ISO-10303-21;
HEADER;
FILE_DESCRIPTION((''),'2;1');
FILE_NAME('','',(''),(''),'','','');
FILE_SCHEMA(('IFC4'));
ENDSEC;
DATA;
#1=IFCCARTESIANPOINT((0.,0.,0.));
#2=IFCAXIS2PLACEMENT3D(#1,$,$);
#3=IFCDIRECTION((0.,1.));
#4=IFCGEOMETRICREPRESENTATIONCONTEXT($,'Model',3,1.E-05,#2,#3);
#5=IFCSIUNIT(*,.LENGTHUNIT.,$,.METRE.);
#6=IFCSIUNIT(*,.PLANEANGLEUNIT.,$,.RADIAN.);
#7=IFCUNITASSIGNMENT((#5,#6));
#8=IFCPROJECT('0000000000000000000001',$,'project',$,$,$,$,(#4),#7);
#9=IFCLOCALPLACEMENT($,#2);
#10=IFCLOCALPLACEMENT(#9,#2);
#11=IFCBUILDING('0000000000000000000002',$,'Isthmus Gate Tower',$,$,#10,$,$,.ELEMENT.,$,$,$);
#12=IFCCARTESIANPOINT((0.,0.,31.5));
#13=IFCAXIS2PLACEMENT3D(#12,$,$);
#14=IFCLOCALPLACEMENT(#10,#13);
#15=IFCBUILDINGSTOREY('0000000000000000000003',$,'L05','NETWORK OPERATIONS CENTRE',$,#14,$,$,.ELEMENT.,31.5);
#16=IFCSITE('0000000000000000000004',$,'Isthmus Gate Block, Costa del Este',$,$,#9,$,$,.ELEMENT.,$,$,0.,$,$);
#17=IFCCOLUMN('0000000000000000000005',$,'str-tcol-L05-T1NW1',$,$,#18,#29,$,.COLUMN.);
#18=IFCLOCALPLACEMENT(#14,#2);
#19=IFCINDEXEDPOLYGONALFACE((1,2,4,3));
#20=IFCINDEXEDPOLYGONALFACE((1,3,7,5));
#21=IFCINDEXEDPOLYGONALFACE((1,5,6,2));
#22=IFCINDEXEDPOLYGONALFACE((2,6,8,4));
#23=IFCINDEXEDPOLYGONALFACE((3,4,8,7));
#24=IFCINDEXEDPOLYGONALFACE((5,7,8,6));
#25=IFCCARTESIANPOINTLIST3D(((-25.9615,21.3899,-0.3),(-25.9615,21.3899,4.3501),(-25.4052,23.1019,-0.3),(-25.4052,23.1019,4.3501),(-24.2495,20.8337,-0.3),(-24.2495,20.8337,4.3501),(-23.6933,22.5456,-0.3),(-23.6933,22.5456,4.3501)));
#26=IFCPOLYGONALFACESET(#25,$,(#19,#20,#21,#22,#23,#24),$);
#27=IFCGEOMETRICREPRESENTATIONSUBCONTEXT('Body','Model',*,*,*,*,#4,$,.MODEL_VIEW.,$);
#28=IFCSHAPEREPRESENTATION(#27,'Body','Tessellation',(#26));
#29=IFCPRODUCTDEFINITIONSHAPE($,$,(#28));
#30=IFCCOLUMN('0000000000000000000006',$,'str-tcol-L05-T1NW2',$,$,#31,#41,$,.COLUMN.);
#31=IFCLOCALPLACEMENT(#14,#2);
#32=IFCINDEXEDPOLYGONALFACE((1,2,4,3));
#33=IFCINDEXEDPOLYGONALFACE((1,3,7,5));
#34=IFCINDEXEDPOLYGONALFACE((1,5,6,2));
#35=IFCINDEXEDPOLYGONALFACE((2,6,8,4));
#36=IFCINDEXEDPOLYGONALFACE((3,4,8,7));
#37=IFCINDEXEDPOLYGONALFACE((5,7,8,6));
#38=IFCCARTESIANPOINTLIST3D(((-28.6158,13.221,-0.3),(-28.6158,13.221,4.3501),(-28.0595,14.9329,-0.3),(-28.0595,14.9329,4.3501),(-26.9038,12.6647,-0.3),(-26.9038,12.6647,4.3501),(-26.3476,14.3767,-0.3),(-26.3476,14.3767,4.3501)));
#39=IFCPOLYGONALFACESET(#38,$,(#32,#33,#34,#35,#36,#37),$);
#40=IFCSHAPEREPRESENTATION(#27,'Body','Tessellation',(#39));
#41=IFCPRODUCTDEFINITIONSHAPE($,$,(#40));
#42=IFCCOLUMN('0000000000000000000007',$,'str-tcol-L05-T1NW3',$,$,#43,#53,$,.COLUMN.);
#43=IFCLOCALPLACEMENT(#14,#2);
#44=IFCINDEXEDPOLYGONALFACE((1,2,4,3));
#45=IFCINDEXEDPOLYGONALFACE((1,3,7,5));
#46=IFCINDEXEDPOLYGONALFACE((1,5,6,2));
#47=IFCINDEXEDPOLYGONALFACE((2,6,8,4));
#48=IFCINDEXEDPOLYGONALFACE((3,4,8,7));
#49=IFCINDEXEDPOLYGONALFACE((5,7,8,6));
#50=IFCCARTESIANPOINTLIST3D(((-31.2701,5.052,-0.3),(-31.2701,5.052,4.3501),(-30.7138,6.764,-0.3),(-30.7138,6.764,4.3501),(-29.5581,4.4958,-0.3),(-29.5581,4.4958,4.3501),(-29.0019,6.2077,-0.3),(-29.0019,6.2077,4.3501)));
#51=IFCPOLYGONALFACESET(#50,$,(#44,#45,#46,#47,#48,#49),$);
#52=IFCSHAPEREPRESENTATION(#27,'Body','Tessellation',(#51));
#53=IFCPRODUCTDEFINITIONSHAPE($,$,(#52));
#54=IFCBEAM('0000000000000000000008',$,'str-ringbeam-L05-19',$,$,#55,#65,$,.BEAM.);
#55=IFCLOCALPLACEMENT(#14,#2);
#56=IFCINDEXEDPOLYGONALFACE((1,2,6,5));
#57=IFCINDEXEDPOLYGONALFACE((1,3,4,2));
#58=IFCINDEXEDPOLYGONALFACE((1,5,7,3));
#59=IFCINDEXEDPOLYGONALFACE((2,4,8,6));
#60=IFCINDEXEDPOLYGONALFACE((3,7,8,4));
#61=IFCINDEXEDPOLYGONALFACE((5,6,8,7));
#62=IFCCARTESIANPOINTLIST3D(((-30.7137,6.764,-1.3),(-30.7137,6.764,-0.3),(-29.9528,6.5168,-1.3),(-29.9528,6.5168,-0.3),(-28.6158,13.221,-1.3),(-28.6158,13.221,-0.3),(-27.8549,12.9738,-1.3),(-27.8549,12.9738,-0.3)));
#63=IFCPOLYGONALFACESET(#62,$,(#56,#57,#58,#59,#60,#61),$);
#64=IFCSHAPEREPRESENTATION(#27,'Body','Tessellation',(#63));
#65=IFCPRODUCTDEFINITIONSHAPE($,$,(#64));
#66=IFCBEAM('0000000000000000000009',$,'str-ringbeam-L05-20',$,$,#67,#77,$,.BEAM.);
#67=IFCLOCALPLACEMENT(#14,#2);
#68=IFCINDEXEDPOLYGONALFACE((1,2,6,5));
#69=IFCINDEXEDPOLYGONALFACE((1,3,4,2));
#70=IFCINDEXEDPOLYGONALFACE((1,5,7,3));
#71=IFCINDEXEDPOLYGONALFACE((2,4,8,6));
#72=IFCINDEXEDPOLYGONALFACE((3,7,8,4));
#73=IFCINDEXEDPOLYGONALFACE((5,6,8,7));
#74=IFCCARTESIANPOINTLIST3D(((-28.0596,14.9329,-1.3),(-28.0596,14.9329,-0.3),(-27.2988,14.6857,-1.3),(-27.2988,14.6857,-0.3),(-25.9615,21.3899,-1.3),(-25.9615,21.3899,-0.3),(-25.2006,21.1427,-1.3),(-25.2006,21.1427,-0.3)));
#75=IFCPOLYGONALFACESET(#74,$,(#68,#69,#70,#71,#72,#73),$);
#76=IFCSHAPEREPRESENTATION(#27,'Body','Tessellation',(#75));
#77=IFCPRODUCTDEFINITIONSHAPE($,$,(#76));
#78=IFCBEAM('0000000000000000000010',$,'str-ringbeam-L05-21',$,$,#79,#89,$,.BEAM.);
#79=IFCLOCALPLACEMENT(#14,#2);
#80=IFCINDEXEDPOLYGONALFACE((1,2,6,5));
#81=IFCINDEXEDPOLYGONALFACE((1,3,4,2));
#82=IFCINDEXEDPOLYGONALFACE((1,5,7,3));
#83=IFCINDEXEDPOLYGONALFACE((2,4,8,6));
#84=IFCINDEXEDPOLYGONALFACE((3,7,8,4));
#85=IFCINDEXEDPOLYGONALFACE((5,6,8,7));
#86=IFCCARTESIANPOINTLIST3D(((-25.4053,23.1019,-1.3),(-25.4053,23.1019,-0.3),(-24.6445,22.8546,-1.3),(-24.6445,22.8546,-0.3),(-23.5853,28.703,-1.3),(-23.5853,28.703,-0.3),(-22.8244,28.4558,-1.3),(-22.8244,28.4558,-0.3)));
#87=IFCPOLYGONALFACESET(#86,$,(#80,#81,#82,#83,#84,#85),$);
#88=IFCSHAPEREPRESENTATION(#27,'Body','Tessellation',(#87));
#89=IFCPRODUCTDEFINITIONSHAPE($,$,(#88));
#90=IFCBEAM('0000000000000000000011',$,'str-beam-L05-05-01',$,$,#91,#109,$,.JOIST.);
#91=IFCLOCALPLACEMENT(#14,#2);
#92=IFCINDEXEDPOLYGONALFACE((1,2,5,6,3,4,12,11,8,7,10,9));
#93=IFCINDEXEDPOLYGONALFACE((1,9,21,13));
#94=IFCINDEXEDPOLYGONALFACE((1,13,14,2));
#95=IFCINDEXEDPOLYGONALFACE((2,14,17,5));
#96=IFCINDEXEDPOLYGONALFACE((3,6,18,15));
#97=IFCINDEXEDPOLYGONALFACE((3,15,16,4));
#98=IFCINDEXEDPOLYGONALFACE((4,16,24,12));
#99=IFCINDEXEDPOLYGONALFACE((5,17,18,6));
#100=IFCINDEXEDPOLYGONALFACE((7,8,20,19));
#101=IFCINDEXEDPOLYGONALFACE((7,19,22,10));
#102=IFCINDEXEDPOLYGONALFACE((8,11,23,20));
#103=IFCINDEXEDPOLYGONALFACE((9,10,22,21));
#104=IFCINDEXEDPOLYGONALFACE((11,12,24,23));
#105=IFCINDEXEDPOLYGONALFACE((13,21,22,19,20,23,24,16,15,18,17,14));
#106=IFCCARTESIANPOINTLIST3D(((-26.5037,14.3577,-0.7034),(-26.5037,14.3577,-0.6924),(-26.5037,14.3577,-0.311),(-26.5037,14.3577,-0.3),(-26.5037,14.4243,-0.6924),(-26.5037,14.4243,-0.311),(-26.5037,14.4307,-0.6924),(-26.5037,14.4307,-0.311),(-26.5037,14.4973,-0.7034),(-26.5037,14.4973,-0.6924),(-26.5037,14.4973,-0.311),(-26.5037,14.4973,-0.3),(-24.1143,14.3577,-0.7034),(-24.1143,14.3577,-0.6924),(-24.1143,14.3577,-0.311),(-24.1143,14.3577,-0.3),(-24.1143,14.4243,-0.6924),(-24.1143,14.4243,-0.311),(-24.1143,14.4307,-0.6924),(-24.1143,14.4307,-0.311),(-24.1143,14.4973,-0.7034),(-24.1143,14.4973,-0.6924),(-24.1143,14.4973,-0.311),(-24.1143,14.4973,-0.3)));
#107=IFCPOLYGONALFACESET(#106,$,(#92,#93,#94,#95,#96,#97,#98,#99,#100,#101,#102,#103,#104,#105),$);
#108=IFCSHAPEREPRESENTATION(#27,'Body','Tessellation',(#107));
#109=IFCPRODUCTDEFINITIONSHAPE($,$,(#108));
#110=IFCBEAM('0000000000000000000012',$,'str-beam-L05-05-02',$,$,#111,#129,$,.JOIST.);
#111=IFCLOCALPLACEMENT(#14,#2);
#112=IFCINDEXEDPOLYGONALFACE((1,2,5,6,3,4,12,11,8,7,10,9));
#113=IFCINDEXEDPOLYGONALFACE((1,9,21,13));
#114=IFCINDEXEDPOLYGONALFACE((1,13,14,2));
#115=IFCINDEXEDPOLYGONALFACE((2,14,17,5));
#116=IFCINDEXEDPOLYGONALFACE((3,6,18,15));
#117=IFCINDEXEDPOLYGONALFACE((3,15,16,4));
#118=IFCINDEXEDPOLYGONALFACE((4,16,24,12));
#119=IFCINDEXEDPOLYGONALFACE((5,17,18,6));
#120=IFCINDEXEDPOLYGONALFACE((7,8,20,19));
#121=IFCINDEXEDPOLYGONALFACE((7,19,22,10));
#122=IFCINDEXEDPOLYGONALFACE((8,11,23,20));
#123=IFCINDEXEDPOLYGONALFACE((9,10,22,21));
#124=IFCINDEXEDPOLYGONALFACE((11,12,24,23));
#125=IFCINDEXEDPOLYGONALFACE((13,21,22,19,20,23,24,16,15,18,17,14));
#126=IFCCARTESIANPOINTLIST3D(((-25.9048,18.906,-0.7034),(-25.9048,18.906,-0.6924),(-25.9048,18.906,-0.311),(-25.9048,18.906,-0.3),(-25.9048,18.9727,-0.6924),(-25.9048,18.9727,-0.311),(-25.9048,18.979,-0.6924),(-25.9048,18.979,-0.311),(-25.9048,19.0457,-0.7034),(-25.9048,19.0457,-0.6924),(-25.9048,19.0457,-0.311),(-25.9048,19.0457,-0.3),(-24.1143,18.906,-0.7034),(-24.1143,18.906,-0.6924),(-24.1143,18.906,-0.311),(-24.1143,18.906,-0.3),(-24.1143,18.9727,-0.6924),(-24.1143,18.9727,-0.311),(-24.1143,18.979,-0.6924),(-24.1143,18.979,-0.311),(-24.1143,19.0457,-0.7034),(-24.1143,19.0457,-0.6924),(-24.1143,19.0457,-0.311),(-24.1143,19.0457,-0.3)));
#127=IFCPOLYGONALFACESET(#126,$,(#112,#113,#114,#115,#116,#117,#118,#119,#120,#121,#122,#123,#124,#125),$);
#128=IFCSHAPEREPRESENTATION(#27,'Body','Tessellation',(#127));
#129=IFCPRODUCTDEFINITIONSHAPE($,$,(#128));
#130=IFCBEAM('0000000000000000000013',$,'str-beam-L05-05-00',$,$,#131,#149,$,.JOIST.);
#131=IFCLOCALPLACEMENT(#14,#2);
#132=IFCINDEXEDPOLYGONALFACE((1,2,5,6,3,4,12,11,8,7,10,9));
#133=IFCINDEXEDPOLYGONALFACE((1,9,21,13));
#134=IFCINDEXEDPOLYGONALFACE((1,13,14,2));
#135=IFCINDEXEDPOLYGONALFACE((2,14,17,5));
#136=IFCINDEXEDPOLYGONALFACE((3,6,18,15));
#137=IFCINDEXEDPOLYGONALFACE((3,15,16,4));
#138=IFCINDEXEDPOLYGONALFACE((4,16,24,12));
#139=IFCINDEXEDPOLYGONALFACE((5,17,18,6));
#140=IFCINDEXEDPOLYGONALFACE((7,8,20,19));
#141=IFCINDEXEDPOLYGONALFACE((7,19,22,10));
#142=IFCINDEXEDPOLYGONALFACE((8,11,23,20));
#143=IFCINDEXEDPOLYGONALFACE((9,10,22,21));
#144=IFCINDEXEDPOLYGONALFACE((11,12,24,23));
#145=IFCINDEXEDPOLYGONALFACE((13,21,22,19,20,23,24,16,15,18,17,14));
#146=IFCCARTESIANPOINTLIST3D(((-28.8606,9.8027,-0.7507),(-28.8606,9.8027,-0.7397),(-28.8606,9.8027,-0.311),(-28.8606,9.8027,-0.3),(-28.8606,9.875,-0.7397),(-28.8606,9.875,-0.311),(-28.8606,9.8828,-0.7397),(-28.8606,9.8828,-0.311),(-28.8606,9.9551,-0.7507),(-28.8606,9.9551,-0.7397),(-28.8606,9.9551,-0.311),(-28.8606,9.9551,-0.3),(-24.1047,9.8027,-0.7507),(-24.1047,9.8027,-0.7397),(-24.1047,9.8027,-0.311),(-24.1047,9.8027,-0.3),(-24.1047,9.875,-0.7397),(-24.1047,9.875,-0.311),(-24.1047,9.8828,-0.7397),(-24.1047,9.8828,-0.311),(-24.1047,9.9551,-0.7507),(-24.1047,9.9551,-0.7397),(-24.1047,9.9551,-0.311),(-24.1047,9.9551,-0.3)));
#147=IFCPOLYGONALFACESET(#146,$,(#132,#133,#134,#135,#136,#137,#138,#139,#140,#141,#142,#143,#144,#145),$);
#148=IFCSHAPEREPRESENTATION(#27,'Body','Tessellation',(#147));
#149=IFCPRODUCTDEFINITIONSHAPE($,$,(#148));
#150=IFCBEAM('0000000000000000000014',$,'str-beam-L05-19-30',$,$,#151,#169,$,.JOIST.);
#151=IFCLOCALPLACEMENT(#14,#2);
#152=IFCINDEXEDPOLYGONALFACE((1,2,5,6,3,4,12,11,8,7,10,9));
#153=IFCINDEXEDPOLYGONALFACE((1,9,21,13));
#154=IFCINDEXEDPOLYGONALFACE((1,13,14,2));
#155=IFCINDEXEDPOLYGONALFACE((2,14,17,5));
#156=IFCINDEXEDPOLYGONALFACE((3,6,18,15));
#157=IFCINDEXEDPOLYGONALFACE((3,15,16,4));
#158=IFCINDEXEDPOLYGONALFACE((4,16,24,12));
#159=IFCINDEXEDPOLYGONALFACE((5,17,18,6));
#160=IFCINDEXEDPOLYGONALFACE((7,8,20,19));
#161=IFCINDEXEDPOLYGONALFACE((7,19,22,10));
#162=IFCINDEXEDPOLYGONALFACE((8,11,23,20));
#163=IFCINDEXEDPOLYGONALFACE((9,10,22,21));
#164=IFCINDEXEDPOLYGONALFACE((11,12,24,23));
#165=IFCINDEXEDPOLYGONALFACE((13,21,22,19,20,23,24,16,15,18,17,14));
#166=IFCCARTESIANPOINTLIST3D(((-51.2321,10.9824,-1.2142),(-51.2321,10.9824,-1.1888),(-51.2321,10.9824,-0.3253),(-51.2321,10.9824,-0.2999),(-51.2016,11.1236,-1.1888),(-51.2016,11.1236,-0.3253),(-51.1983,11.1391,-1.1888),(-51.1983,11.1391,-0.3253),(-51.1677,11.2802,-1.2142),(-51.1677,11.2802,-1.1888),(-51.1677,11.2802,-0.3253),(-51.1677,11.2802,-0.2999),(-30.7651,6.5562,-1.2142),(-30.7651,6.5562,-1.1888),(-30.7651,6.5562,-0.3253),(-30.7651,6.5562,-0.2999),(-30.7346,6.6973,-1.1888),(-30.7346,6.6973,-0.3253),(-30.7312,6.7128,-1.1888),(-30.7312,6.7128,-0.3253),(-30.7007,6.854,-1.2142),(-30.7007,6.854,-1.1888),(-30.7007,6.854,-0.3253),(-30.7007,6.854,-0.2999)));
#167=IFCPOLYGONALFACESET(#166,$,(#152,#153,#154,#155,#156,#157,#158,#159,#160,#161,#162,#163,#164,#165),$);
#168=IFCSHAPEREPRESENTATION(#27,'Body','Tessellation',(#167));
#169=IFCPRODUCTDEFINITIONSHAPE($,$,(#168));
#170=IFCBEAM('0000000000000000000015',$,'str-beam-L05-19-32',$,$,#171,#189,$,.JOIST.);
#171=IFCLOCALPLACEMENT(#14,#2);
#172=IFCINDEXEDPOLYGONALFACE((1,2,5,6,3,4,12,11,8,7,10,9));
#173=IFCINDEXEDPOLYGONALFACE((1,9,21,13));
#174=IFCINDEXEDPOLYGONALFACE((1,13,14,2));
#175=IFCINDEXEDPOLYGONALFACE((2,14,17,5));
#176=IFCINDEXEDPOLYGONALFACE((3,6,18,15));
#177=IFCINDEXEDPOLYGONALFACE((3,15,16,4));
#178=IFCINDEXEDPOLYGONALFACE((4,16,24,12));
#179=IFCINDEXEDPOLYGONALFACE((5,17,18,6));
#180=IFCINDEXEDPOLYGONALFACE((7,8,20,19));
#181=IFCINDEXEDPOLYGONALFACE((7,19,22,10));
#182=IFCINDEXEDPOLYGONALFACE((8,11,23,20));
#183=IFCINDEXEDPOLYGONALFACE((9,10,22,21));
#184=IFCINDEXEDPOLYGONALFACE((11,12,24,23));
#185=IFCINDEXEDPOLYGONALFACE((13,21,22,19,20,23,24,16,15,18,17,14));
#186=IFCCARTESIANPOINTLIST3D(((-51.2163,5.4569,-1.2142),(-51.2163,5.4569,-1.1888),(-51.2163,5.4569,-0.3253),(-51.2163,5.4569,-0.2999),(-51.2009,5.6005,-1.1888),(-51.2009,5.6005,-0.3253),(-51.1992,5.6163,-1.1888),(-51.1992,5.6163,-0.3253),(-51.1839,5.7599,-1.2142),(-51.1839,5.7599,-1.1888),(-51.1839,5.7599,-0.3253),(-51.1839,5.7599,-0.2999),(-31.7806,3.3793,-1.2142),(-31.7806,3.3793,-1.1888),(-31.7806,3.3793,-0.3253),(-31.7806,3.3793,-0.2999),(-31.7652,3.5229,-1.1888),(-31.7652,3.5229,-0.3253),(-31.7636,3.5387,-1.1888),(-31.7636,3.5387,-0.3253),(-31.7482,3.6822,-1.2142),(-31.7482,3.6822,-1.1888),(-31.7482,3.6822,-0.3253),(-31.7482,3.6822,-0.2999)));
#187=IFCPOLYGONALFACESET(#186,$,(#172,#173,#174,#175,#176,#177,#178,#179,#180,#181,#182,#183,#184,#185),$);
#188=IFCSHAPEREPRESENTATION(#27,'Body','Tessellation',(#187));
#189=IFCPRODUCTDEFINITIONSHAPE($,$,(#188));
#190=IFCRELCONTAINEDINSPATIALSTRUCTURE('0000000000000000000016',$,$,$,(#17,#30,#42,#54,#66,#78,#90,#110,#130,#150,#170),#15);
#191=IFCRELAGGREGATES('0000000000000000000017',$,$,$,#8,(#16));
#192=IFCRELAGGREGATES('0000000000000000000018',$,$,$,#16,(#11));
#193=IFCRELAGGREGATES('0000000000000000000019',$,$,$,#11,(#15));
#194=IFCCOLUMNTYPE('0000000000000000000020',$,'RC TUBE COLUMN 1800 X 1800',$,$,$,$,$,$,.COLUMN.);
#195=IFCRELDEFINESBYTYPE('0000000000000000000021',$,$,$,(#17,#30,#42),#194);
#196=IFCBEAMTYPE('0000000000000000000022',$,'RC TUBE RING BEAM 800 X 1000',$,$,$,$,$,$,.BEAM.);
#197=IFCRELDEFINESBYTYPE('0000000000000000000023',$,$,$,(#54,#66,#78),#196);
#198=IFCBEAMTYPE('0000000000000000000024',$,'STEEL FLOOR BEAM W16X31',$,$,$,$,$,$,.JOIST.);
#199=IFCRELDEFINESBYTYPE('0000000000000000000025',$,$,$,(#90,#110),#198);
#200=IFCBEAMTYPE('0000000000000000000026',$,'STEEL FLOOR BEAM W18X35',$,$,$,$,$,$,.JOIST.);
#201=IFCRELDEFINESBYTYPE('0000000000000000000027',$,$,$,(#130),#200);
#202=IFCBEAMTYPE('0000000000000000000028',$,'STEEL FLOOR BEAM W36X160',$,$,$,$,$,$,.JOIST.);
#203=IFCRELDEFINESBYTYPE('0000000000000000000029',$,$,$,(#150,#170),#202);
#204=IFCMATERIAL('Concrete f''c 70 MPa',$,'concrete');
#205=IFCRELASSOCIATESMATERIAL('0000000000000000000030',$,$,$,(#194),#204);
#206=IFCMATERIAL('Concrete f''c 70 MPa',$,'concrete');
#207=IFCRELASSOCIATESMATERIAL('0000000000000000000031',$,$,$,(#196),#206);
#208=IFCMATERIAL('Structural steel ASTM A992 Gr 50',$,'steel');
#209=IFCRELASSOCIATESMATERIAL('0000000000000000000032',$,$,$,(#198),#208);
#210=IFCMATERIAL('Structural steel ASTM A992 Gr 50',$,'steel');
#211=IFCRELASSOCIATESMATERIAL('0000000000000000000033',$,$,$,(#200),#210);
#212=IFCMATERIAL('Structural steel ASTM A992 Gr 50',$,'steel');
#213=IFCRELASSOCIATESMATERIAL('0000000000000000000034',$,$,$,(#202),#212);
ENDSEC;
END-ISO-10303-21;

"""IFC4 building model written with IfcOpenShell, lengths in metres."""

from ifc_helpers import new_model, si_unit, direction, frame, origin, origin_2d, place, context, subcontext, project, spatial, rectangle, i_section, extrude, material, material_profile, profile_set, type_object, element, save


model = new_model("IFC4")

# Units and contexts
model_context = context("Model", 3, precision=1e-05, world=origin(), true_north=direction((0.0, 1.0)))
body_context = subcontext(model_context, "Body", "Model", "MODEL_VIEW")
ifc_project = project(units=[si_unit("LENGTHUNIT", "METRE"), si_unit("PLANEANGLEUNIT", "RADIAN")], contexts=[model_context])

# Site, building, storey
site_placement = place(None, origin())
site = spatial("IfcSite", under=ifc_project, at=site_placement, Name="Isthmus Gate Block, Costa del Este", CompositionType="ELEMENT", RefElevation=0.0)
building_placement = place(site_placement, origin())
building = spatial("IfcBuilding", under=site, at=building_placement, Name="Isthmus Gate Tower", CompositionType="ELEMENT")
storey_placement = place(building_placement, frame((0.0, 0.0, 31.5)))
storey = spatial("IfcBuildingStorey", under=building, at=storey_placement, Name="L05", Description="NETWORK OPERATIONS CENTRE", CompositionType="ELEMENT", Elevation=31.5)

# Columns
ifc_material_1 = material(Name="Concrete f'c 70 MPa", Category="concrete")
ifc_material_profile_1 = material_profile(ifc_material_1, rectangle(XDim=1.8, YDim=1.8, at=origin_2d()), Name="RC 1800X1800")
ifc_profile_set_1 = profile_set([ifc_material_profile_1], Name="Concrete f'c 70 MPa")
column_type = type_object("IfcColumnType", Name="RC TUBE COLUMN 1800 X 1800", PredefinedType="COLUMN", material=ifc_profile_set_1)
for number, where, z_axis, x_axis, name in (
    (1, (-24.8274, 21.9678, -0.3), (0.0, 0.0, 1.0), (-0.309017, -0.951057, 0.0), "str-tcol-L05-T1NW1"),
    (2, (-27.4817, 13.7988, -0.3), (0.0, 0.0, 1.0), (-0.309017, -0.951057, 0.0), "str-tcol-L05-T1NW2"),
    (3, (-30.136, 5.6299, -0.3), (0.0, 0.0, 1.0), (-0.309017, -0.951057, 0.0), "str-tcol-L05-T1NW3"),
):
    element("IfcColumn", number, at=place(storey_placement, frame(where, z_axis=z_axis, x_axis=x_axis)), inside=storey, type_object=column_type, Name=name, PredefinedType="COLUMN", context=body_context, shape_type="SweptSolid", body=[
        extrude(rectangle(XDim=1.8, YDim=1.8, at=origin_2d()), origin(), (0.0, 0.0, 1.0), 4.6501),
    ])

# Beams
ifc_material_2 = material(Name="Concrete f'c 70 MPa", Category="concrete")
ifc_material_profile_2 = material_profile(ifc_material_2, rectangle(XDim=0.8, YDim=1.0, at=origin_2d()), Name="RC 800X1000")
ifc_profile_set_2 = profile_set([ifc_material_profile_2], Name="Concrete f'c 70 MPa")
beam_type_1 = type_object("IfcBeamType", Name="RC TUBE RING BEAM 800 X 1000", PredefinedType="BEAM", material=ifc_profile_set_2)
for number, where, z_axis, x_axis, name in (
    (4, (-30.3333, 6.6404, -0.8), (0.309002, 0.951062, 0.0), (-0.951062, 0.309002, 0.0), "str-ringbeam-L05-19"),
    (5, (-27.6792, 14.8093, -0.8), (0.309034, 0.951051, 0.0), (-0.951051, 0.309034, 0.0), "str-ringbeam-L05-20"),
):
    element("IfcBeam", number, at=place(storey_placement, frame(where, z_axis=z_axis, x_axis=x_axis)), inside=storey, type_object=beam_type_1, Name=name, PredefinedType="BEAM", context=body_context, shape_type="SweptSolid", body=[
        extrude(rectangle(XDim=0.8, YDim=1.0, at=origin_2d()), origin(), (0.0, 0.0, 1.0), 6.7893),
    ])
beam_1_placement = place(storey_placement, frame((-25.0249, 22.9783, -0.8), z_axis=(0.309043, 0.951048, 0.0), x_axis=(-0.951048, 0.309043, 0.0)))
element("IfcBeam", 6, at=beam_1_placement, inside=storey, type_object=beam_type_1, Name="str-ringbeam-L05-21", PredefinedType="BEAM", context=body_context, shape_type="SweptSolid", body=[
    extrude(rectangle(XDim=0.8, YDim=1.0, at=origin_2d()), origin(), (0.0, 0.0, 1.0), 5.8894),
])
ifc_material_3 = material(Name="Structural steel ASTM A992 Gr 50", Category="steel")
ifc_material_profile_3 = material_profile(ifc_material_3, i_section(OverallWidth=0.1396, OverallDepth=0.4033, WebThickness=0.0063, FlangeThickness=0.011, at=origin_2d()), Name="W16X31")
ifc_profile_set_3 = profile_set([ifc_material_profile_3], Name="Structural steel ASTM A992 Gr 50")
beam_type_2 = type_object("IfcBeamType", Name="STEEL FLOOR BEAM W16X31", PredefinedType="JOIST", material=ifc_profile_set_3)
beam_2_placement = place(storey_placement, frame((-26.5037, 14.4275, -0.5017), z_axis=(1.0, 0.0, 0.0), x_axis=(0.0, 1.0, 0.0)))
element("IfcBeam", 7, at=beam_2_placement, inside=storey, type_object=beam_type_2, Name="str-beam-L05-05-01", PredefinedType="JOIST", context=body_context, shape_type="SweptSolid", body=[
    extrude(i_section(OverallWidth=0.1396, OverallDepth=0.4033, WebThickness=0.0063, FlangeThickness=0.011, at=origin_2d()), origin(), (0.0, 0.0, 1.0), 2.3894),
])
beam_3_placement = place(storey_placement, frame((-25.9048, 18.9758, -0.5017), z_axis=(1.0, 0.0, 0.0), x_axis=(0.0, 1.0, 0.0)))
element("IfcBeam", 8, at=beam_3_placement, inside=storey, type_object=beam_type_2, Name="str-beam-L05-05-02", PredefinedType="JOIST", context=body_context, shape_type="SweptSolid", body=[
    extrude(i_section(OverallWidth=0.1396, OverallDepth=0.4033, WebThickness=0.0063, FlangeThickness=0.011, at=origin_2d()), origin(), (0.0, 0.0, 1.0), 1.7905),
])
ifc_material_4 = material(Name="Structural steel ASTM A992 Gr 50", Category="steel")
ifc_material_profile_4 = material_profile(ifc_material_4, i_section(OverallWidth=0.1523, OverallDepth=0.4507, WebThickness=0.0078, FlangeThickness=0.011, at=origin_2d()), Name="W18X35")
ifc_profile_set_4 = profile_set([ifc_material_profile_4], Name="Structural steel ASTM A992 Gr 50")
beam_type_3 = type_object("IfcBeamType", Name="STEEL FLOOR BEAM W18X35", PredefinedType="JOIST", material=ifc_profile_set_4)
beam_4_placement = place(storey_placement, frame((-28.8606, 9.8789, -0.5254), z_axis=(1.0, 0.0, 0.0), x_axis=(0.0, 1.0, 0.0)))
element("IfcBeam", 9, at=beam_4_placement, inside=storey, type_object=beam_type_3, Name="str-beam-L05-05-00", PredefinedType="JOIST", context=body_context, shape_type="SweptSolid", body=[
    extrude(i_section(OverallWidth=0.1523, OverallDepth=0.4507, WebThickness=0.0078, FlangeThickness=0.011, at=origin_2d()), origin(), (0.0, 0.0, 1.0), 4.7559),
])
ifc_material_5 = material(Name="Structural steel ASTM A992 Gr 50", Category="steel")
ifc_material_profile_5 = material_profile(ifc_material_5, i_section(OverallWidth=0.3047, OverallDepth=0.9143, WebThickness=0.0159, FlangeThickness=0.0254, at=origin_2d()), Name="W36X160")
ifc_profile_set_5 = profile_set([ifc_material_profile_5], Name="Structural steel ASTM A992 Gr 50")
beam_type_4 = type_object("IfcBeamType", Name="STEEL FLOOR BEAM W36X160", PredefinedType="JOIST", material=ifc_profile_set_5)
beam_5_placement = place(storey_placement, frame((-30.7329, 6.7051, -0.7571), z_axis=(-0.977405, 0.211377, 0.0), x_axis=(-0.211377, -0.977405, 0.0)))
element("IfcBeam", 10, at=beam_5_placement, inside=storey, type_object=beam_type_4, Name="str-beam-L05-19-30", PredefinedType="JOIST", context=body_context, shape_type="SweptSolid", body=[
    extrude(i_section(OverallWidth=0.3047, OverallDepth=0.9143, WebThickness=0.0159, FlangeThickness=0.0254, at=origin_2d()), origin(), (0.0, 0.0, 1.0), 20.9402),
])
beam_6_placement = place(storey_placement, frame((-31.7644, 3.5308, -0.7571), z_axis=(-0.994335, 0.106293, 0.0), x_axis=(-0.106293, -0.994335, 0.0)))
element("IfcBeam", 11, at=beam_6_placement, inside=storey, type_object=beam_type_4, Name="str-beam-L05-19-32", PredefinedType="JOIST", context=body_context, shape_type="SweptSolid", body=[
    extrude(i_section(OverallWidth=0.3047, OverallDepth=0.9143, WebThickness=0.0159, FlangeThickness=0.0254, at=origin_2d()), origin(), (0.0, 0.0, 1.0), 19.5464),
])

save(model, "model.ifc")
